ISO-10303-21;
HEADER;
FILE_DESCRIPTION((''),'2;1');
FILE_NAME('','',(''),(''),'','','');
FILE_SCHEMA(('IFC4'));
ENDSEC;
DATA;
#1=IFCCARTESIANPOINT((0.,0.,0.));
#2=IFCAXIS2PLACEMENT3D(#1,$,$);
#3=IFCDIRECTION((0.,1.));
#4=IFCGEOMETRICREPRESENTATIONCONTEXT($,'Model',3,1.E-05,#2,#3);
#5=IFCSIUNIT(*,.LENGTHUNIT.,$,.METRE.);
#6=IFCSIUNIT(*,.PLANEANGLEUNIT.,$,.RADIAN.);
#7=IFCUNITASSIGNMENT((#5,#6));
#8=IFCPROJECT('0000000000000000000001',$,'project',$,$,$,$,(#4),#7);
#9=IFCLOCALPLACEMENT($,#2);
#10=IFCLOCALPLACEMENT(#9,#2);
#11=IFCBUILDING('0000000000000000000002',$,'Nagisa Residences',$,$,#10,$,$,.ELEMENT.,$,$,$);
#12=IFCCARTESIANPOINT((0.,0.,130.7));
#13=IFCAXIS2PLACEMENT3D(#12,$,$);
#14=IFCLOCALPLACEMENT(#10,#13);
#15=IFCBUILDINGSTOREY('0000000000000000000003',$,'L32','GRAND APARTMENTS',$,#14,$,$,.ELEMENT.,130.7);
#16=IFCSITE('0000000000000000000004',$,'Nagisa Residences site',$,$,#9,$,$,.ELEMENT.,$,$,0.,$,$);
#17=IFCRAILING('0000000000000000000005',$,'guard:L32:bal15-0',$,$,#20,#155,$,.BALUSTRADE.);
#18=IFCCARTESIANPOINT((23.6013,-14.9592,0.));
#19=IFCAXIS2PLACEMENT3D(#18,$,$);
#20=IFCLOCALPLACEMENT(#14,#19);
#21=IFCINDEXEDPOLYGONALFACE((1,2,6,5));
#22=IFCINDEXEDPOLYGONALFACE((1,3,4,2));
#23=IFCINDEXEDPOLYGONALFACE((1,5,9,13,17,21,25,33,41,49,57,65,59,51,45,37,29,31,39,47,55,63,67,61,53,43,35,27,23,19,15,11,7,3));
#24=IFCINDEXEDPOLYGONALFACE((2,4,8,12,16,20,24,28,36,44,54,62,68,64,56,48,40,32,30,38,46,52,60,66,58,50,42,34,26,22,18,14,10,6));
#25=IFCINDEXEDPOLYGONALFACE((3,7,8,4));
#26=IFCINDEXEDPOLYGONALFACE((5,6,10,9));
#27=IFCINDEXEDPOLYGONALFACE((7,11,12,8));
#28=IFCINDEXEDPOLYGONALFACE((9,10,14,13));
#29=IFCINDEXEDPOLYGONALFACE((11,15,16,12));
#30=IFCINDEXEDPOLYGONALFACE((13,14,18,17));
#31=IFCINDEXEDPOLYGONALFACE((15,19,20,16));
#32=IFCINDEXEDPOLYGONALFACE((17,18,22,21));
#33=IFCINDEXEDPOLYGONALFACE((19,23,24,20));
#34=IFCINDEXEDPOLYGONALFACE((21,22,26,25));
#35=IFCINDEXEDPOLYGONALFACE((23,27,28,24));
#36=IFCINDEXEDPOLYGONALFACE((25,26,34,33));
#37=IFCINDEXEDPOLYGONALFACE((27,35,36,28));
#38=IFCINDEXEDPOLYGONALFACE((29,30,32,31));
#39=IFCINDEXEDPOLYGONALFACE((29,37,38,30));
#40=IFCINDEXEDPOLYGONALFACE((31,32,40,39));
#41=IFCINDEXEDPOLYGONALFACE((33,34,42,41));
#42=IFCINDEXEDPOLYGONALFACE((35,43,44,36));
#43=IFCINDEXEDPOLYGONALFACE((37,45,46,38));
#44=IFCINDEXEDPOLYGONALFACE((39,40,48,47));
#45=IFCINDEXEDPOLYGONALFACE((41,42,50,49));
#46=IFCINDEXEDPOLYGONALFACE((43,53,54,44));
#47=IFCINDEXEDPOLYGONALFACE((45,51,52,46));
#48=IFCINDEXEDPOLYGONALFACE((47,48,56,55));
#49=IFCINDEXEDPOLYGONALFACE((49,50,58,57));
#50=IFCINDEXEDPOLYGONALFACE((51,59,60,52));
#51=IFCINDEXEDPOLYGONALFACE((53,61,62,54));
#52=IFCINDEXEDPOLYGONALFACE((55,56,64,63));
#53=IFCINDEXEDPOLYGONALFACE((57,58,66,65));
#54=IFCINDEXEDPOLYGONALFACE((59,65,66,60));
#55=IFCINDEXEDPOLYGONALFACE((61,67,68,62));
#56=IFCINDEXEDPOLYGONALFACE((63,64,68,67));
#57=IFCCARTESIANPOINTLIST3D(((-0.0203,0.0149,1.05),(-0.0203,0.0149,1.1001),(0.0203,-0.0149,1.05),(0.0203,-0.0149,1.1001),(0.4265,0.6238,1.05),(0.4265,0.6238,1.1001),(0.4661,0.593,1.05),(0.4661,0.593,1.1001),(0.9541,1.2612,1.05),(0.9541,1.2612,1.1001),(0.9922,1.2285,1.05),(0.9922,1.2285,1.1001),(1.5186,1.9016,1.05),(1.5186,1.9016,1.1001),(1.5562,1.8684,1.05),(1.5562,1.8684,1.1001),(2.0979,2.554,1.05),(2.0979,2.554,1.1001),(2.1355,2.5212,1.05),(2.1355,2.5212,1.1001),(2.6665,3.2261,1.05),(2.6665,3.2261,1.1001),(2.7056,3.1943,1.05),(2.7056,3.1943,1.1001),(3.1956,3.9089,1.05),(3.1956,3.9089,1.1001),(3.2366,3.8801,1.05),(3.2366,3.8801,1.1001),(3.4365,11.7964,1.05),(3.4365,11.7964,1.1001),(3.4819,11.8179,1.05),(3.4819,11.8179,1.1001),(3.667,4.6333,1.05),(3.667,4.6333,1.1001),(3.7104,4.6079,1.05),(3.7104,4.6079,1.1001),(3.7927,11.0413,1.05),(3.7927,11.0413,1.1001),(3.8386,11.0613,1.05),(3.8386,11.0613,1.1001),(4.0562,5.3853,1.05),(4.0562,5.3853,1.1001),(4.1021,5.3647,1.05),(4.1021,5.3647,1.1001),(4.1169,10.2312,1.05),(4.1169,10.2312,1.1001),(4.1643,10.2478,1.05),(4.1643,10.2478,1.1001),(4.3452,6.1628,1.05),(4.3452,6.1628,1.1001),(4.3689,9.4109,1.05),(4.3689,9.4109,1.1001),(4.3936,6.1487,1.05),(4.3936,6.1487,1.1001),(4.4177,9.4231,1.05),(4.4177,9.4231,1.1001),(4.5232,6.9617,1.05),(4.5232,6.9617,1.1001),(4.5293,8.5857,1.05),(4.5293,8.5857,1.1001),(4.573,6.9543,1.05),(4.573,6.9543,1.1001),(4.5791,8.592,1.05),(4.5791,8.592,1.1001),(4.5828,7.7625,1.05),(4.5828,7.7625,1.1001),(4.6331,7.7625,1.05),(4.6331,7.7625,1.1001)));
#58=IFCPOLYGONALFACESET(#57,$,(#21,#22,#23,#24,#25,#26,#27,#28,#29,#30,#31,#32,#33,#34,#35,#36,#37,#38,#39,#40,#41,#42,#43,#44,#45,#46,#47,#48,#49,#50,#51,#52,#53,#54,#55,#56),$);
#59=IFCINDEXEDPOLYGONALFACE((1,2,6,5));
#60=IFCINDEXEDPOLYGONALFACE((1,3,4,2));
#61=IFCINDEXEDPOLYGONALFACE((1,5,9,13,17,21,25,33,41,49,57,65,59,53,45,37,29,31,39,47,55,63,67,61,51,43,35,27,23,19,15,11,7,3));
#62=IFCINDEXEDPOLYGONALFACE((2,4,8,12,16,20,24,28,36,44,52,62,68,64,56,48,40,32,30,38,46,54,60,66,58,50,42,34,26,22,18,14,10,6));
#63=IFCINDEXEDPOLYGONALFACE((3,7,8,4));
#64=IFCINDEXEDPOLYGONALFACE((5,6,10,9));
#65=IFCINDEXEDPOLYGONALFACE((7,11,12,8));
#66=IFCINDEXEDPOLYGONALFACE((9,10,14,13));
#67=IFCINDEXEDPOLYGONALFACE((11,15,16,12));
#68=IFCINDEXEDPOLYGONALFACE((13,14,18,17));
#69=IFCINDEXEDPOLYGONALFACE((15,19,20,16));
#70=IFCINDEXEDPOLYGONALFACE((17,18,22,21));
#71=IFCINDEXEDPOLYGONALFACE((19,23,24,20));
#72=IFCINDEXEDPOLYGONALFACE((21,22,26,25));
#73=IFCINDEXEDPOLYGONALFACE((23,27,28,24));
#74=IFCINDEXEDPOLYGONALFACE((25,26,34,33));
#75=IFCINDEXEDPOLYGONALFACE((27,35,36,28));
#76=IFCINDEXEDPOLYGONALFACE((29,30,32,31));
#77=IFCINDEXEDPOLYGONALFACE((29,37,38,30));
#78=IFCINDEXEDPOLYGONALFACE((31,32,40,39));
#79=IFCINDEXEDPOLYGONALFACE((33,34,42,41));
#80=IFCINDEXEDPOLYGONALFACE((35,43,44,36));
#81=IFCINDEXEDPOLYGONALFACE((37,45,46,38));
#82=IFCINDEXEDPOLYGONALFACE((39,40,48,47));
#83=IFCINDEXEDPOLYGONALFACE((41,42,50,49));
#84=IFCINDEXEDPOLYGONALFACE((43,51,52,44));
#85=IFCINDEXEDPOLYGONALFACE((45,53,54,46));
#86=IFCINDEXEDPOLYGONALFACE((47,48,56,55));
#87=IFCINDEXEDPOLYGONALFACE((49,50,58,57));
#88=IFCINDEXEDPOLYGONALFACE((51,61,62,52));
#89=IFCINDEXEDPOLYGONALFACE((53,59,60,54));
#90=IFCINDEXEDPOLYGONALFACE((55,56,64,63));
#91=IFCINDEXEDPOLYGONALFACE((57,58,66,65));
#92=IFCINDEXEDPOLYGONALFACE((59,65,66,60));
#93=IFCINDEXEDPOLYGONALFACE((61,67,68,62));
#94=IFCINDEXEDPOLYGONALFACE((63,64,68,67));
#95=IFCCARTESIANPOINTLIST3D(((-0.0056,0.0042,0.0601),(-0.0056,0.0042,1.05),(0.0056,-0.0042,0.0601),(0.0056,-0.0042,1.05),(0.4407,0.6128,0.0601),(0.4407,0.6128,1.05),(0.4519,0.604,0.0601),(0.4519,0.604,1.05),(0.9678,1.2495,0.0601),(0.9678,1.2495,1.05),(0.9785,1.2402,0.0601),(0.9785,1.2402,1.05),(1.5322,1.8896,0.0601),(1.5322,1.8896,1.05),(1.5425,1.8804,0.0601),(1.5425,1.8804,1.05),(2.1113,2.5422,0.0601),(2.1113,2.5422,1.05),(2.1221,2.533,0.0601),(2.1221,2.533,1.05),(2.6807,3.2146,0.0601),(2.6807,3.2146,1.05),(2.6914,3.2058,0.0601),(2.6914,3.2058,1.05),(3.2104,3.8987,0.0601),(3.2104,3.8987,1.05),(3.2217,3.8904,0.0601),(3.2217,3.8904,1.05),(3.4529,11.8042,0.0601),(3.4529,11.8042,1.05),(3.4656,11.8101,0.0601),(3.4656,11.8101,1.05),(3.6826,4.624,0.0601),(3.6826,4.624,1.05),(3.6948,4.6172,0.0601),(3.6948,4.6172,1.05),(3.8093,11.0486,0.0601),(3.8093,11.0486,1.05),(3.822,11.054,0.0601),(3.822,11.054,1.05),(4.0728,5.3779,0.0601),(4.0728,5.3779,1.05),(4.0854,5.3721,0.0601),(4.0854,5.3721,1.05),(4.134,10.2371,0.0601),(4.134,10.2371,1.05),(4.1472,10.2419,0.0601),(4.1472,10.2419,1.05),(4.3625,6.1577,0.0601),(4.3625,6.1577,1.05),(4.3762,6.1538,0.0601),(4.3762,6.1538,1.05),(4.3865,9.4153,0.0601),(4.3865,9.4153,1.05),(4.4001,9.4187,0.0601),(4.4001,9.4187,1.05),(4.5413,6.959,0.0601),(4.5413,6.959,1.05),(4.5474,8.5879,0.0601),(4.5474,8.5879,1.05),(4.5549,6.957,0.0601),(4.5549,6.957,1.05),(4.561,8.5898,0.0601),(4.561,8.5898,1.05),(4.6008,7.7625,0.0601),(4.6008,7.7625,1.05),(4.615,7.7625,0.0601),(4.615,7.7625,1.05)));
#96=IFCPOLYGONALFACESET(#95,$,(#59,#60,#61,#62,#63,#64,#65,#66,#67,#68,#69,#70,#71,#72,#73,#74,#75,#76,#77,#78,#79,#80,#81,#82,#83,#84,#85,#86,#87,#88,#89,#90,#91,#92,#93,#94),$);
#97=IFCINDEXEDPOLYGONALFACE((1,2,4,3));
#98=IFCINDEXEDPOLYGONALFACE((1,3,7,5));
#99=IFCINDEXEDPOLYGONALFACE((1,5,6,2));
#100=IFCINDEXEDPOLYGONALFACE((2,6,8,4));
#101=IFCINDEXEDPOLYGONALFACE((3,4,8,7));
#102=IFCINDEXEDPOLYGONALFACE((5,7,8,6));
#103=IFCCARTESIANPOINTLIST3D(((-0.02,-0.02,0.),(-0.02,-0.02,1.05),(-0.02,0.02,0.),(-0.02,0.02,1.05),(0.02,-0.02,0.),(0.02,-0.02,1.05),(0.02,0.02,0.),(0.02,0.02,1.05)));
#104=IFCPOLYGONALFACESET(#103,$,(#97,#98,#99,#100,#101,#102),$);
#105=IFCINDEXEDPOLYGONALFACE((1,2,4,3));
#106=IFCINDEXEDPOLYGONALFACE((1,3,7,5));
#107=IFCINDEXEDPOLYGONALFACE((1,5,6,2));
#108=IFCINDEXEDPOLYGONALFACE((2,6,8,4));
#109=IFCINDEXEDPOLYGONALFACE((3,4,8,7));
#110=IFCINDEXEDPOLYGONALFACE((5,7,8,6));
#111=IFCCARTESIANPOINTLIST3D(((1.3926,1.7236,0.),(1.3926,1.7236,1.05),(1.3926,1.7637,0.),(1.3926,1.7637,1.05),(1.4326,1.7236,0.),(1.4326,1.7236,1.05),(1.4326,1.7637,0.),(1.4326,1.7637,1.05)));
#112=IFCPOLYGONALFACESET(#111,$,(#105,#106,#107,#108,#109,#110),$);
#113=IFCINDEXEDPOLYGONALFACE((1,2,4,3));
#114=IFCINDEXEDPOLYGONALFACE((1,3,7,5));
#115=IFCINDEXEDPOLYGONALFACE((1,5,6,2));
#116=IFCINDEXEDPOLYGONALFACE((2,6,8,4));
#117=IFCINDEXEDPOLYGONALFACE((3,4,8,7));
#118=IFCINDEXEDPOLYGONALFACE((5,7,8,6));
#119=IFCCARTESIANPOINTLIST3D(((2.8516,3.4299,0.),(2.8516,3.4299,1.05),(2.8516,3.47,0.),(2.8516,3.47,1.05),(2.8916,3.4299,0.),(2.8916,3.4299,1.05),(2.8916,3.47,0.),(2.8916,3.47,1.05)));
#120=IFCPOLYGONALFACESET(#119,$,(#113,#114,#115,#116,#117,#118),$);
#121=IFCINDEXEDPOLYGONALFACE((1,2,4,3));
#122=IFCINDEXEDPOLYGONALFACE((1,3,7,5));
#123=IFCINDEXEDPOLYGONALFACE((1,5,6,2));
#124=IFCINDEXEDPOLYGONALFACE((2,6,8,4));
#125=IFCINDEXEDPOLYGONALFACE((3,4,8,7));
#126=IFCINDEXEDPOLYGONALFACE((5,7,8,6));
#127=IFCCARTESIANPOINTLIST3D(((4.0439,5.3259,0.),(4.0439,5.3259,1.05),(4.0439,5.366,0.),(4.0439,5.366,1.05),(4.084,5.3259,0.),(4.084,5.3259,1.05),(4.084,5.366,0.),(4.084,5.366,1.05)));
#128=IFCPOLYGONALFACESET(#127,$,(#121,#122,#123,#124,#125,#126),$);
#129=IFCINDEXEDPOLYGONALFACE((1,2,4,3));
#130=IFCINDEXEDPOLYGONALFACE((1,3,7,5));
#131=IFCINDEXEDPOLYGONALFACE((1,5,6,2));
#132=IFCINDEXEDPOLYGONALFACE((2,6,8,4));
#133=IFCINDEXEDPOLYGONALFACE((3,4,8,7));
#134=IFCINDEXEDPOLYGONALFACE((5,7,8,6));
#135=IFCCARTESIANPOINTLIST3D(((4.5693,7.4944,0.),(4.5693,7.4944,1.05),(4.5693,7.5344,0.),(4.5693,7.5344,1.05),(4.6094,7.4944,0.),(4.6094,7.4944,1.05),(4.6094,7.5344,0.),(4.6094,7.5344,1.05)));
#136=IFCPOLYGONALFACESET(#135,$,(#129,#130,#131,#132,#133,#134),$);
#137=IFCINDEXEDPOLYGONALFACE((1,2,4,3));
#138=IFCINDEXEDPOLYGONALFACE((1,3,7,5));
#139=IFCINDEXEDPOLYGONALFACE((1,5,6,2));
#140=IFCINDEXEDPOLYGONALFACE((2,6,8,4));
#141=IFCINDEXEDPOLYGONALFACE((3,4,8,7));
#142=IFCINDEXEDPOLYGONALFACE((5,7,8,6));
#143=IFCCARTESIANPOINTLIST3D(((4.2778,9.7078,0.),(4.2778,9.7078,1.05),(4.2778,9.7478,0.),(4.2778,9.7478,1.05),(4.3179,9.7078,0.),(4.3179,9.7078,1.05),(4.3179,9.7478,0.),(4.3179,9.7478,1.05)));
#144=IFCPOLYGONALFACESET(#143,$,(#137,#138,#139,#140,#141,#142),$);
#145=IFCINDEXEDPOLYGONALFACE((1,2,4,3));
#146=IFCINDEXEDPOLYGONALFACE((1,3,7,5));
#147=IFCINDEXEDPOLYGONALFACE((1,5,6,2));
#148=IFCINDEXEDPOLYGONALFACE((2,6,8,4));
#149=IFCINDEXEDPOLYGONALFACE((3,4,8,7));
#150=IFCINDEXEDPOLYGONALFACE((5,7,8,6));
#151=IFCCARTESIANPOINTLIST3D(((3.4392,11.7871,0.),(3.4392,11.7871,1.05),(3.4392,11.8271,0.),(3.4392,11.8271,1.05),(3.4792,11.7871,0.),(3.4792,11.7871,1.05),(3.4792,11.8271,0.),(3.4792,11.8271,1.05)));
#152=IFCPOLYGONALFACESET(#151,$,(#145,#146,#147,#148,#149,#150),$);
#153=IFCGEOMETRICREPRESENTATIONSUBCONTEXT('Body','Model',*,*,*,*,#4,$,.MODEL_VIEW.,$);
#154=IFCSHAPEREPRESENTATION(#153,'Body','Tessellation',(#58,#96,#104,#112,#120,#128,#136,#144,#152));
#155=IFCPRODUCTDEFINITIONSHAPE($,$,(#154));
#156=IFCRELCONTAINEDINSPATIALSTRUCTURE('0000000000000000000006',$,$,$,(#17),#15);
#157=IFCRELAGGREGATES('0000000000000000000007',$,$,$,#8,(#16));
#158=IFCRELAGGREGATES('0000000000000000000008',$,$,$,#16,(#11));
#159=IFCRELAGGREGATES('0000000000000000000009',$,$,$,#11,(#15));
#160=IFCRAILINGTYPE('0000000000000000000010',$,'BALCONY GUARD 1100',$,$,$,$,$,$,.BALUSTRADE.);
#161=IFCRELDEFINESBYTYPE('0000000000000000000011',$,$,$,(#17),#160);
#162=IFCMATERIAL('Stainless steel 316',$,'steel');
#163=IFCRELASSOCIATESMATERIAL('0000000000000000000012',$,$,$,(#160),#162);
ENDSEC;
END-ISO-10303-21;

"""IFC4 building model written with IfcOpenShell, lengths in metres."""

from ifc_helpers import new_model, si_unit, direction, frame, origin, origin_2d, place, context, subcontext, project, spatial, polyline, rectangle, outline, extrude, material, type_object, element, save


model = new_model("IFC4")

# Units and contexts
model_context = context("Model", 3, precision=1e-05, world=origin(), true_north=direction((0.0, 1.0)))
body_context = subcontext(model_context, "Body", "Model", "MODEL_VIEW")
ifc_project = project(units=[si_unit("LENGTHUNIT", "METRE"), si_unit("PLANEANGLEUNIT", "RADIAN")], contexts=[model_context])

# Site, building, storey
site_placement = place(None, origin())
site = spatial("IfcSite", under=ifc_project, at=site_placement, Name="Nagisa Residences site", CompositionType="ELEMENT", RefElevation=0.0)
building_placement = place(site_placement, origin())
building = spatial("IfcBuilding", under=site, at=building_placement, Name="Nagisa Residences", CompositionType="ELEMENT")
storey_placement = place(building_placement, frame((0.0, 0.0, 130.7)))
storey = spatial("IfcBuildingStorey", under=building, at=storey_placement, Name="L32", Description="GRAND APARTMENTS", CompositionType="ELEMENT", Elevation=130.7)

# Railing
ifc_material_1 = material(Name="Stainless steel 316", Category="steel")
railing_type = type_object("IfcRailingType", Name="BALCONY GUARD 1100", PredefinedType="BALUSTRADE", material=ifc_material_1)
railing_1_placement = place(storey_placement, frame((23.6013, -14.9592, 0.0)))
element("IfcRailing", 1, at=railing_1_placement, inside=storey, type_object=railing_type, Name="guard:L32:bal15-0", PredefinedType="BALUSTRADE", context=body_context, shape_type="SweptSolid", body=[
    extrude(outline(polyline([(0.4265, 0.6238), (-0.0203, 0.0149), (0.0203, -0.0149), (0.4661, 0.593), (0.9922, 1.2285), (1.5562, 1.8684), (2.1355, 2.5212), (2.7056, 3.1943), (3.2366, 3.8801), (3.7104, 4.6079), (4.1021, 5.3647), (4.3936, 6.1487), (4.573, 6.9543), (4.6331, 7.7625), (4.5791, 8.592), (4.4177, 9.4231), (4.1643, 10.2478), (3.8386, 11.0613), (3.4819, 11.8179), (3.4365, 11.7964), (3.7927, 11.0413), (4.1169, 10.2312), (4.3689, 9.4109), (4.5293, 8.5857), (4.5828, 7.7625), (4.5232, 6.9617), (4.3452, 6.1628), (4.0562, 5.3853), (3.667, 4.6333), (3.1956, 3.9089), (2.6665, 3.2261), (2.0979, 2.554), (1.5186, 1.9016), (0.9541, 1.2612), (0.4265, 0.6238)])), frame((0.0, 0.0, 1.05)), (0.0, 0.0, 1.0), 0.05),
    extrude(outline(polyline([(0.4407, 0.6128), (-0.0056, 0.0042), (0.0056, -0.0042), (0.4519, 0.604), (0.9785, 1.2402), (1.5425, 1.8804), (2.1221, 2.533), (2.6914, 3.2058), (3.2217, 3.8904), (3.6948, 4.6172), (4.0854, 5.3721), (4.3762, 6.1538), (4.5549, 6.957), (4.615, 7.7625), (4.561, 8.5898), (4.4001, 9.4187), (4.1472, 10.2419), (3.822, 11.054), (3.4656, 11.8101), (3.4529, 11.8042), (3.8093, 11.0486), (4.134, 10.2371), (4.3865, 9.4153), (4.5474, 8.5879), (4.6008, 7.7625), (4.5413, 6.959), (4.3625, 6.1577), (4.0728, 5.3779), (3.6826, 4.624), (3.2104, 3.8987), (2.6807, 3.2146), (2.1113, 2.5422), (1.5322, 1.8896), (0.9678, 1.2495), (0.4407, 0.6128)])), frame((0.0, 0.0, 0.0601)), (0.0, 0.0, 1.0), 0.99),
    extrude(rectangle(XDim=0.04, YDim=0.04, at=origin_2d()), origin(), (0.0, 0.0, 1.0), 1.05),
    extrude(rectangle(XDim=0.04, YDim=0.04, at=origin_2d()), frame((1.4126, 1.7437, 0.0)), (0.0, 0.0, 1.0), 1.05),
    extrude(rectangle(XDim=0.04, YDim=0.04, at=origin_2d()), frame((2.8716, 3.45, 0.0)), (0.0, 0.0, 1.0), 1.05),
    extrude(rectangle(XDim=0.04, YDim=0.04, at=origin_2d()), frame((4.064, 5.3459, 0.0)), (0.0, 0.0, 1.0), 1.05),
    extrude(rectangle(XDim=0.04, YDim=0.04, at=origin_2d()), frame((4.5894, 7.5144, 0.0)), (0.0, 0.0, 1.0), 1.05),
    extrude(rectangle(XDim=0.04, YDim=0.04, at=origin_2d()), frame((4.2979, 9.7278, 0.0)), (0.0, 0.0, 1.0), 1.05),
    extrude(rectangle(XDim=0.04, YDim=0.04, at=origin_2d()), frame((3.4592, 11.8071, 0.0)), (0.0, 0.0, 1.0), 1.05),
])

save(model, "model.ifc")
